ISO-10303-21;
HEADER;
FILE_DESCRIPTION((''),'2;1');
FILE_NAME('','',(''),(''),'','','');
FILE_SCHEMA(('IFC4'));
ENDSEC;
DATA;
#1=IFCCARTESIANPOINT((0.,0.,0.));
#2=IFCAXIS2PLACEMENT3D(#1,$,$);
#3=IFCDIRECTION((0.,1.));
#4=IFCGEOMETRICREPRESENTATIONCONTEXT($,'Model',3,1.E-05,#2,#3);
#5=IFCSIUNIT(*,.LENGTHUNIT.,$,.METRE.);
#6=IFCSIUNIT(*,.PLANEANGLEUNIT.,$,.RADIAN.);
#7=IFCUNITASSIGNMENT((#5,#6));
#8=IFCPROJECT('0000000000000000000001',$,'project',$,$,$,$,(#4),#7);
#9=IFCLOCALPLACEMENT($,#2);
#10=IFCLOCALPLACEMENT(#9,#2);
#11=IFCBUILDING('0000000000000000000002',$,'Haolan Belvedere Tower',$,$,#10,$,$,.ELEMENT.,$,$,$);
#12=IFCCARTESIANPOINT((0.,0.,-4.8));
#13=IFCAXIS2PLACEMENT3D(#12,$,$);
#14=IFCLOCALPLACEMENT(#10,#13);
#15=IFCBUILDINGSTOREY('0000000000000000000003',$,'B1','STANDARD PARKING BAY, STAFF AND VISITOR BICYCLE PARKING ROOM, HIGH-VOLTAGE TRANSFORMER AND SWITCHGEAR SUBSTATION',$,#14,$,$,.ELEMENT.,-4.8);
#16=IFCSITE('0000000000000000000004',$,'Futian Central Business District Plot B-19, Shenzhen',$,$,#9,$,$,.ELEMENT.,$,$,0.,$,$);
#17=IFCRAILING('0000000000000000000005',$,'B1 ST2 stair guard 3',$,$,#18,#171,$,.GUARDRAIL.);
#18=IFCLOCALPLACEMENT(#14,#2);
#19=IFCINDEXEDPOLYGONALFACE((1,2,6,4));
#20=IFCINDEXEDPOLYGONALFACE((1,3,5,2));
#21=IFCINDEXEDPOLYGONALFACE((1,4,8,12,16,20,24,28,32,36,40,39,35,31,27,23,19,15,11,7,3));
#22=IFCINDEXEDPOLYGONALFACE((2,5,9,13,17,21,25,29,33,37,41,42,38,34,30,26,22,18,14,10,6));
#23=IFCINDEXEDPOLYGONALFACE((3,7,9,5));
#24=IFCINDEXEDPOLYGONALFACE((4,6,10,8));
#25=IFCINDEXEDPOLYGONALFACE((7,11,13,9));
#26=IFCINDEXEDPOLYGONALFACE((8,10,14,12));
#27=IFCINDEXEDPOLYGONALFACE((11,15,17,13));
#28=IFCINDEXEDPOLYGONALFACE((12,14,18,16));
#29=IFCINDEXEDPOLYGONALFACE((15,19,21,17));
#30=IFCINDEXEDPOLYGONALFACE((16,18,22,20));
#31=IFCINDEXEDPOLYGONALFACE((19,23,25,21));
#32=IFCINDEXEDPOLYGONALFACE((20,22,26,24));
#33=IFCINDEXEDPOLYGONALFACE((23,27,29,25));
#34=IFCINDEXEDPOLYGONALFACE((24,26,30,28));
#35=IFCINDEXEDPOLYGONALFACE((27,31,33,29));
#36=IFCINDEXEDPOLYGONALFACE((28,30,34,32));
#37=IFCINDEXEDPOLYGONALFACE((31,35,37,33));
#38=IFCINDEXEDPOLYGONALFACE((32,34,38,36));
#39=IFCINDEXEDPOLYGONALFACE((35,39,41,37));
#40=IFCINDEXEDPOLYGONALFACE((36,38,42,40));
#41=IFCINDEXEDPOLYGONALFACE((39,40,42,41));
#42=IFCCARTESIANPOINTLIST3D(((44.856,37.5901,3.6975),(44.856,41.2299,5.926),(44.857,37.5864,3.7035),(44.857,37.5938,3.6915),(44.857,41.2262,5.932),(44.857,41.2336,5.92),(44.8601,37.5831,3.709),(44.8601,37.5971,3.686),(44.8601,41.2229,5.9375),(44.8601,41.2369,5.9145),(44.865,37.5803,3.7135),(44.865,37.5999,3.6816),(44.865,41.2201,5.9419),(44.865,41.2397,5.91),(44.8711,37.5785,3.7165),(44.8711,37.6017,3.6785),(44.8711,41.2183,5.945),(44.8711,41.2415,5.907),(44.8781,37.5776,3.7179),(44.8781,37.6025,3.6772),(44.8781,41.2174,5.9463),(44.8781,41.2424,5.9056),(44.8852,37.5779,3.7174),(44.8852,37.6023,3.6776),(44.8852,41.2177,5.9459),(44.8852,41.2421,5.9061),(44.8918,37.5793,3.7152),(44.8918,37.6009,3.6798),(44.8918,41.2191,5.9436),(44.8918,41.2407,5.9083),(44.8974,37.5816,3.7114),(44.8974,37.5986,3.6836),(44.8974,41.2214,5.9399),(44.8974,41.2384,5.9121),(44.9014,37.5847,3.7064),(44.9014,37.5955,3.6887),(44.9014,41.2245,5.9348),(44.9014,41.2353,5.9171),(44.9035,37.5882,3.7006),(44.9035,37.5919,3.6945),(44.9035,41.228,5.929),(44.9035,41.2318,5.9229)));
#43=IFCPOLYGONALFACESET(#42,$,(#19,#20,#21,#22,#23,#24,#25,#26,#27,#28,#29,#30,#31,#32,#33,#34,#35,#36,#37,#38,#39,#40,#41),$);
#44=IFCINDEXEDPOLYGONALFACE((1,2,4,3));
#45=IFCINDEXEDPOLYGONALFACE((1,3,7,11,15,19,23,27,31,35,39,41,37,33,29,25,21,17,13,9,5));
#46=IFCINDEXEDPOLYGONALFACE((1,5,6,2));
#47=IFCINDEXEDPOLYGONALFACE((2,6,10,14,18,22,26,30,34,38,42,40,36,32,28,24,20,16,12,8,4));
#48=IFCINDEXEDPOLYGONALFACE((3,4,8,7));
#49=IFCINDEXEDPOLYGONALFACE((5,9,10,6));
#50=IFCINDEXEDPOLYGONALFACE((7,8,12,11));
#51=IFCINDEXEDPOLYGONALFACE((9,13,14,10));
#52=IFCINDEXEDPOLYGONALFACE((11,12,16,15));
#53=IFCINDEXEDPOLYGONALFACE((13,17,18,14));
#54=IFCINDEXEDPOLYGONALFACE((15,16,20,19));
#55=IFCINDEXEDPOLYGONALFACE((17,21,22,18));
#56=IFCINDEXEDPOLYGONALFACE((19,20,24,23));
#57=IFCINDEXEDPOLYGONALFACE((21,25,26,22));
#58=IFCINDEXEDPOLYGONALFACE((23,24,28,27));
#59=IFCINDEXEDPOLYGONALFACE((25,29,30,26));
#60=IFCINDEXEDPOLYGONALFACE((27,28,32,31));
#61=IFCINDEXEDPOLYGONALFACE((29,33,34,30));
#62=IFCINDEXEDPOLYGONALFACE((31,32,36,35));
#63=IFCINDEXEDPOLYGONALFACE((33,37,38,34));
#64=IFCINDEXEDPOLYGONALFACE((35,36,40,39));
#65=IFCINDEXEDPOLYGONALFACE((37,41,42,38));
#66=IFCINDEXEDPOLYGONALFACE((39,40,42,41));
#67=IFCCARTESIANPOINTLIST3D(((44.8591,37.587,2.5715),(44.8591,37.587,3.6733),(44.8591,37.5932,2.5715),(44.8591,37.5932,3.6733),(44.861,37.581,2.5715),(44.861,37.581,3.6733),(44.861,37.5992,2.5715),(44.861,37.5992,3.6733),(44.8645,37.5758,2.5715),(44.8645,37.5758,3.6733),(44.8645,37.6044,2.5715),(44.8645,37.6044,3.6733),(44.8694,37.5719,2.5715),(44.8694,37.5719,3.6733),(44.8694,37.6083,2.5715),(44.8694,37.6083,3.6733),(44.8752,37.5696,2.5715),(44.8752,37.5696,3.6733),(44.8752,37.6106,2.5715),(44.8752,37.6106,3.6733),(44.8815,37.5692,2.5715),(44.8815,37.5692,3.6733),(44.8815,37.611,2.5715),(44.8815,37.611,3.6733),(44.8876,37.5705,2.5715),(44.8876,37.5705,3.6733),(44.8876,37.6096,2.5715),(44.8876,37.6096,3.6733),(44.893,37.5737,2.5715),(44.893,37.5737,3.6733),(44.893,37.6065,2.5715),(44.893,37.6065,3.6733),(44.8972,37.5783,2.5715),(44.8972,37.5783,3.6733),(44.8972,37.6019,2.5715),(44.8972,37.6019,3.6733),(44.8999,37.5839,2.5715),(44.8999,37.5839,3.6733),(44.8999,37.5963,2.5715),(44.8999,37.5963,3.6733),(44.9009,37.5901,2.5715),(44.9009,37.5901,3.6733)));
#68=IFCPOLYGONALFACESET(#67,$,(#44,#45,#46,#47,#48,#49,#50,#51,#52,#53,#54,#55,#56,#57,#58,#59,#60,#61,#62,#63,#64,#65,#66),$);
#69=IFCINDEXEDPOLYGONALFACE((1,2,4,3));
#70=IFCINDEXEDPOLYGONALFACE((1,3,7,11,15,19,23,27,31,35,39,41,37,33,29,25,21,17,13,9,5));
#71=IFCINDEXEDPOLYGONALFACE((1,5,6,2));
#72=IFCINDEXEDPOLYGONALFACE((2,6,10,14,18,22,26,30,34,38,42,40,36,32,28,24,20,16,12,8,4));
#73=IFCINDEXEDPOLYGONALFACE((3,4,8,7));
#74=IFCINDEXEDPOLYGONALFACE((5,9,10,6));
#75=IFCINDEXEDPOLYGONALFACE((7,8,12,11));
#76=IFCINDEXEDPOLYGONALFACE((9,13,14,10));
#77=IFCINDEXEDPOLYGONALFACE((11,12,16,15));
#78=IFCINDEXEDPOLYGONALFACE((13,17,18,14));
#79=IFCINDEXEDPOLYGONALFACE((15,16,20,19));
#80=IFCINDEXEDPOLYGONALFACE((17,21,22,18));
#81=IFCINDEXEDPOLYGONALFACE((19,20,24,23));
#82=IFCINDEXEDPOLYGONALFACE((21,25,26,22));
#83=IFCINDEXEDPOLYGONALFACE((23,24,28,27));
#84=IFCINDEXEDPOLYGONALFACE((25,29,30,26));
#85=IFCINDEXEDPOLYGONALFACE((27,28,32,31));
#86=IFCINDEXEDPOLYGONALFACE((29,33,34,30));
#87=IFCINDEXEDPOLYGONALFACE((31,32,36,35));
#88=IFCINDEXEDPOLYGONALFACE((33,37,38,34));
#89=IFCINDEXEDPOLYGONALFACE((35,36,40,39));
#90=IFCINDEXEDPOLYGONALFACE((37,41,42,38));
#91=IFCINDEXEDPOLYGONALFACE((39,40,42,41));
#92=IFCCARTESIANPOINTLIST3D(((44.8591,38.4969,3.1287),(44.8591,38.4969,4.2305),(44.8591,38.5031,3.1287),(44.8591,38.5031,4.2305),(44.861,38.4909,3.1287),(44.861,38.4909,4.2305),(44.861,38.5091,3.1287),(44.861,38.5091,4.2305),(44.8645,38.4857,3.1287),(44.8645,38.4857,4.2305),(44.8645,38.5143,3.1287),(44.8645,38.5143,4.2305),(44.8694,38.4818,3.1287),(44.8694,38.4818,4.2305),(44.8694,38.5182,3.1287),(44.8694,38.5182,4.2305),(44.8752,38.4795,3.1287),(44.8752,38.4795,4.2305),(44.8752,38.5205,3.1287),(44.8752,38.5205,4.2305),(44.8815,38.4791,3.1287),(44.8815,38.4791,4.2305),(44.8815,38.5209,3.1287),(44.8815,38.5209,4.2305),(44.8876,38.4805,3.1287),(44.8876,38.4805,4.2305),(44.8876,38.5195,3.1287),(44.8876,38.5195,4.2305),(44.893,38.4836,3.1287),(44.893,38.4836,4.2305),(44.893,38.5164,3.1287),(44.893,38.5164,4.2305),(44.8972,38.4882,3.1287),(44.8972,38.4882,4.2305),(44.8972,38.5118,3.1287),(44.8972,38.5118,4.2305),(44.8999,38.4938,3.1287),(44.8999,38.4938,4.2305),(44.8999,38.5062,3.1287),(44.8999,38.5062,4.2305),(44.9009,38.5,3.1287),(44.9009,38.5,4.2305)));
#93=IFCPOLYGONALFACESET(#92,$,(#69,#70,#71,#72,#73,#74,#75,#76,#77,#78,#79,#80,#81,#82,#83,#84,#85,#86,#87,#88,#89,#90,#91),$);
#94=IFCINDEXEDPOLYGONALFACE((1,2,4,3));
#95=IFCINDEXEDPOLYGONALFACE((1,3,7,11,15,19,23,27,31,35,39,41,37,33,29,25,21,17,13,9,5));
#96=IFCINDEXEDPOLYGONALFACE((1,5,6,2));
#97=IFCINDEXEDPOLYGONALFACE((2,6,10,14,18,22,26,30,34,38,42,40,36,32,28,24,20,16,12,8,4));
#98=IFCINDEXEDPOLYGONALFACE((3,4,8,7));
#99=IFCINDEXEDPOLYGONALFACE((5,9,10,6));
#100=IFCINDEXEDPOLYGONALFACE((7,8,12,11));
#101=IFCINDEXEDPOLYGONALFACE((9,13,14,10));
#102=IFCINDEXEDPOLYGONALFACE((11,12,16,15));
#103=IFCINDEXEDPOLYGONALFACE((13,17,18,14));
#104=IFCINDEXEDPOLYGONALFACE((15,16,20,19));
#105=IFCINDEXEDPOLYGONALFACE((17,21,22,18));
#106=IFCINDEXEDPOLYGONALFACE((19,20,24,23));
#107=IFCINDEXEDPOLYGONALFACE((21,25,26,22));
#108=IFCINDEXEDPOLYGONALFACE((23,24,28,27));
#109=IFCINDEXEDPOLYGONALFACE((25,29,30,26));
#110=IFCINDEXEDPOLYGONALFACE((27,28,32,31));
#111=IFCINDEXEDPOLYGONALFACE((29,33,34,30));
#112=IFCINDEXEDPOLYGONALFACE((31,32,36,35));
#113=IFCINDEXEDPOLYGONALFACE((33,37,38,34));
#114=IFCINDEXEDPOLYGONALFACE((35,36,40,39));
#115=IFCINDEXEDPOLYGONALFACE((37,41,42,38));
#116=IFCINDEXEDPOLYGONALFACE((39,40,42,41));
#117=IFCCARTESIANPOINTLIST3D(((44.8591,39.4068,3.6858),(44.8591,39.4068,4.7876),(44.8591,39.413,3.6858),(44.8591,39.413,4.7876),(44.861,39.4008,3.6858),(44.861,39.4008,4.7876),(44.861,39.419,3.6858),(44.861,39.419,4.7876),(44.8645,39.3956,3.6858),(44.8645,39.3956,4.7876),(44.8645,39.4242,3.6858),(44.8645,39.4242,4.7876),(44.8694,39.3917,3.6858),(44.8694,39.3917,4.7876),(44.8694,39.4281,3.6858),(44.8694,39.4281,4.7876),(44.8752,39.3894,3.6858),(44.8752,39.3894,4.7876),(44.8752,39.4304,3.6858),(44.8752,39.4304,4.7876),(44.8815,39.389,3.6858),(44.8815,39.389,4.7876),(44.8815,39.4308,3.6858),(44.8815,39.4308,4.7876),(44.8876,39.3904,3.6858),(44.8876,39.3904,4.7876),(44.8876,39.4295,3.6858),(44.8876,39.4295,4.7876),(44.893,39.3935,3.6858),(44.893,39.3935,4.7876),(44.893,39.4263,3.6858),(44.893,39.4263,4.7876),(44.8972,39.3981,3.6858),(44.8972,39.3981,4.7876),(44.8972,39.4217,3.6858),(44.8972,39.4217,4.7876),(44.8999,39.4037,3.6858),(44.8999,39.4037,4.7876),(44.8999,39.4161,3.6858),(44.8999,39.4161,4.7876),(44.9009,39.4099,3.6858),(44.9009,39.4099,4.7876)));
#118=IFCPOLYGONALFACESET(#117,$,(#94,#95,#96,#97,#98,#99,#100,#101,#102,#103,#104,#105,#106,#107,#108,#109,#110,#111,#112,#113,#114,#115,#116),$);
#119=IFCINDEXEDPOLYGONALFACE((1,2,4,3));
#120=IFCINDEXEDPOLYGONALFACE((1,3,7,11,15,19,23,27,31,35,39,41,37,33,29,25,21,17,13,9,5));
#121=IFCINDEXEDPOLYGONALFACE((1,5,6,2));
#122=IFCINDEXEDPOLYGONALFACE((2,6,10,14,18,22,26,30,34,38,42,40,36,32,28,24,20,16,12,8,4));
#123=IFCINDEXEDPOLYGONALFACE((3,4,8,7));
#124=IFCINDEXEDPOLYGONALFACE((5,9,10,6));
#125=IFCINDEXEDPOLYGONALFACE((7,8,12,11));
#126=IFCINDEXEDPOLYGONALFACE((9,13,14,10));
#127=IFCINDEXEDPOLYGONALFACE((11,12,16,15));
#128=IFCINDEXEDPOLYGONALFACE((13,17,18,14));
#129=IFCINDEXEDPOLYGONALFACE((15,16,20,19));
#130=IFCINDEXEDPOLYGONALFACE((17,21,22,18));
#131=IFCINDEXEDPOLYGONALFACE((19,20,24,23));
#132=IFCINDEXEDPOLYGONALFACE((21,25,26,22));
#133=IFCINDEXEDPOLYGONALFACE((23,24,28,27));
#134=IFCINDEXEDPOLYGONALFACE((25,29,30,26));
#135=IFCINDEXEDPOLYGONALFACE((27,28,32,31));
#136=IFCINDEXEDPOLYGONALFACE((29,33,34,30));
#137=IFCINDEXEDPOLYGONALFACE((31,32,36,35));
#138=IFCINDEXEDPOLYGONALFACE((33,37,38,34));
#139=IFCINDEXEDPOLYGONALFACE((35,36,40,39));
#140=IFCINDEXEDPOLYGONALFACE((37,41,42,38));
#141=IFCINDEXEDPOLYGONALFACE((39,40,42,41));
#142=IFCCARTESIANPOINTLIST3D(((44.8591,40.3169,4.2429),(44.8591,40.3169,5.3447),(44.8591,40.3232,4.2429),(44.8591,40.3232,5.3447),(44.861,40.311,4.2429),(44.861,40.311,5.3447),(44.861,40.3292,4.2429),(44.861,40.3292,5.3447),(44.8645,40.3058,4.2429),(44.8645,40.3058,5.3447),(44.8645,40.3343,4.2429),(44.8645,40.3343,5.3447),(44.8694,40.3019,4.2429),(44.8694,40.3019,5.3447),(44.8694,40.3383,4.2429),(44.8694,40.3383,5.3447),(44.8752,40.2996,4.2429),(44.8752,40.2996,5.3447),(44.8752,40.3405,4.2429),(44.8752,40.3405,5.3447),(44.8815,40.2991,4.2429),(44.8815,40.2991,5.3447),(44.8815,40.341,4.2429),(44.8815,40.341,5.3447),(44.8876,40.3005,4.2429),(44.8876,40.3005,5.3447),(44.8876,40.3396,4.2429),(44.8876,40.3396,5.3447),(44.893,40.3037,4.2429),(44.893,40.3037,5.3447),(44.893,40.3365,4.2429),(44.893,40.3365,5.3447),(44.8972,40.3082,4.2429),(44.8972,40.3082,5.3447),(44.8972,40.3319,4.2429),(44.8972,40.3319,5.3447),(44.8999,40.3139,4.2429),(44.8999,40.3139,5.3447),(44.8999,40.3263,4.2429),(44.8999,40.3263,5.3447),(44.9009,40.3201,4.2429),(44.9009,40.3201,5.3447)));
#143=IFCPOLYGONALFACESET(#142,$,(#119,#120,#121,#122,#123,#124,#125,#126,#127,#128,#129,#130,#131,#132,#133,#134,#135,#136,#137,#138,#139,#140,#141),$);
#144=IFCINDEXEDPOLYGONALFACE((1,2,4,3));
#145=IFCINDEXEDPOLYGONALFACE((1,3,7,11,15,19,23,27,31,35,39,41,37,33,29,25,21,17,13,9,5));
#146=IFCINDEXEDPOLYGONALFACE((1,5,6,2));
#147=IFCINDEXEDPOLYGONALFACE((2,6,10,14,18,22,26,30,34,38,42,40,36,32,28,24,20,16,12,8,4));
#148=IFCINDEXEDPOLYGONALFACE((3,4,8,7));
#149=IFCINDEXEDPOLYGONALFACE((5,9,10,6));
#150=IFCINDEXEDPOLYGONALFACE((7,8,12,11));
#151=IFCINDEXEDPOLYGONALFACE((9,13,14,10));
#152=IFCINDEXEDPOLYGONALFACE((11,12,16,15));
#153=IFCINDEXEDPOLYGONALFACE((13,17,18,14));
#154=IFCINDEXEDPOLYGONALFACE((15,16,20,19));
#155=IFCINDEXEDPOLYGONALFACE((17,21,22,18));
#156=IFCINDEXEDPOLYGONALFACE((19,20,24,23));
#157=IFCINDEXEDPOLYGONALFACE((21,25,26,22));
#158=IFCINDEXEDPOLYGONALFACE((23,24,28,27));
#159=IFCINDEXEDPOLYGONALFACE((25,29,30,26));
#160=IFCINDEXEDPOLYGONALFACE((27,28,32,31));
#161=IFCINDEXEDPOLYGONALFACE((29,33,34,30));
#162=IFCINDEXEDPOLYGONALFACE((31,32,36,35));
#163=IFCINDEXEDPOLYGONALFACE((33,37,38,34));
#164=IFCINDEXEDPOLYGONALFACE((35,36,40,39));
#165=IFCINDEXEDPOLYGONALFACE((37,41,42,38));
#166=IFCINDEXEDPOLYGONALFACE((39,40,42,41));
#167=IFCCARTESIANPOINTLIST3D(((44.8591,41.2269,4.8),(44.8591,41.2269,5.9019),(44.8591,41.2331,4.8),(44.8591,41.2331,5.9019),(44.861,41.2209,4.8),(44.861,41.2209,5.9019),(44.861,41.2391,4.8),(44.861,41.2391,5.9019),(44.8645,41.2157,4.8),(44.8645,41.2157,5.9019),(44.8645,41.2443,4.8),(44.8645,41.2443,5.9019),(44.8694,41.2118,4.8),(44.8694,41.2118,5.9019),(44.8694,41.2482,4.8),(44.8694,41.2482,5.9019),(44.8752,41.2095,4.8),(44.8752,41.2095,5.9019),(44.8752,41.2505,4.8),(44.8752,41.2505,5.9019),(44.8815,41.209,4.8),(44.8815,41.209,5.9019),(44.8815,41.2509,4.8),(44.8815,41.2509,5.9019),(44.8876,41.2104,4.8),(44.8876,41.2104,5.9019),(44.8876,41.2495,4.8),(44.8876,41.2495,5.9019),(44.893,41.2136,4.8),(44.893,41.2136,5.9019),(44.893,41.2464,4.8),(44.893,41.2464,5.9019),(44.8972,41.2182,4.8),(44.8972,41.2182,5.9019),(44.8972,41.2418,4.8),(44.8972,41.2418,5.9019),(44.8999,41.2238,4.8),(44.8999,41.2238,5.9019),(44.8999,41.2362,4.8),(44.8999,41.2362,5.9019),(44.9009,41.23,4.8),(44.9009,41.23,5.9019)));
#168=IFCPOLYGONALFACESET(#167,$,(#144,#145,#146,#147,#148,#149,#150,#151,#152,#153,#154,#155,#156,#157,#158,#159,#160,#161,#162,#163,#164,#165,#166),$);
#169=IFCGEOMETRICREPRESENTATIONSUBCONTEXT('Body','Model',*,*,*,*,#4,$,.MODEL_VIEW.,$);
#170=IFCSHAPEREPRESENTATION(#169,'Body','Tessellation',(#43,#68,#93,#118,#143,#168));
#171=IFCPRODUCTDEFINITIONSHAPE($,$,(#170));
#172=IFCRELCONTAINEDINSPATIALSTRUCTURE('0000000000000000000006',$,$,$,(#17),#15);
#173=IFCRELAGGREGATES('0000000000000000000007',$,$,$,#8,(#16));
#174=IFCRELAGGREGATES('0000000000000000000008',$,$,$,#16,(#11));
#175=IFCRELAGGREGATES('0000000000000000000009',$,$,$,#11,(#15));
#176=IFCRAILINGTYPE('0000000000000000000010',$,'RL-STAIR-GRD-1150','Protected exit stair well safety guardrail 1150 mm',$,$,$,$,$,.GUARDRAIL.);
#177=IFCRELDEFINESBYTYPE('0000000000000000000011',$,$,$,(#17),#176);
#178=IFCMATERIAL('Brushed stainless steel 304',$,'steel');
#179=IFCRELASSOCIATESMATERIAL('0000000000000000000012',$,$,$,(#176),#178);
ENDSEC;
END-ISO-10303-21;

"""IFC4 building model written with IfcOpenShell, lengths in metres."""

from ifc_helpers import new_model, si_unit, direction, frame, origin, origin_2d, place, context, subcontext, project, spatial, circle, extrude, material, type_object, element, save


model = new_model("IFC4")

# Units and contexts
model_context = context("Model", 3, precision=1e-05, world=origin(), true_north=direction((0.0, 1.0)))
body_context = subcontext(model_context, "Body", "Model", "MODEL_VIEW")
ifc_project = project(units=[si_unit("LENGTHUNIT", "METRE"), si_unit("PLANEANGLEUNIT", "RADIAN")], contexts=[model_context])

# Site, building, storey
site_placement = place(None, origin())
site = spatial("IfcSite", under=ifc_project, at=site_placement, Name="Futian Central Business District Plot B-19, Shenzhen", CompositionType="ELEMENT", RefElevation=0.0)
building_placement = place(site_placement, origin())
building = spatial("IfcBuilding", under=site, at=building_placement, Name="Haolan Belvedere Tower", CompositionType="ELEMENT")
storey_placement = place(building_placement, frame((0.0, 0.0, -4.8)))
storey = spatial("IfcBuildingStorey", under=building, at=storey_placement, Name="B1", Description="STANDARD PARKING BAY, STAFF AND VISITOR BICYCLE PARKING ROOM, HIGH-VOLTAGE TRANSFORMER AND SWITCHGEAR SUBSTATION", CompositionType="ELEMENT", Elevation=-4.8)

# Railing
ifc_material_1 = material(Name="Brushed stainless steel 304", Category="steel")
railing_type_1 = type_object("IfcRailingType", Name="RL-STAIR-GRD-1150", Description="Protected exit stair well safety guardrail 1150 mm", PredefinedType="GUARDRAIL", material=ifc_material_1)
railing_1_placement = place(storey_placement, frame((44.8799, 37.5901, 2.5715)))
element("IfcRailing", 1, at=railing_1_placement, inside=storey, type_object=railing_type_1, Name="B1 ST2 stair guard 3", PredefinedType="GUARDRAIL", context=body_context, shape_type="SweptSolid", body=[
    extrude(circle(Radius=0.0239, at=origin_2d()), frame((0.0, 0.0, 1.126), z_axis=(0.0, 0.85285, 0.522156), x_axis=(-1.0, 0.0, 0.0)), (0.0, 0.0, 1.0), 4.2678),
    extrude(circle(Radius=0.021, at=origin_2d()), origin(), (0.0, 0.0, 1.0), 1.1018),
    extrude(circle(Radius=0.021, at=origin_2d()), frame((0.0, 0.9099, 0.5571)), (0.0, 0.0, 1.0), 1.1018),
    extrude(circle(Radius=0.021, at=origin_2d()), frame((0.0, 1.8198, 1.1143)), (0.0, 0.0, 1.0), 1.1018),
    extrude(circle(Radius=0.021, at=origin_2d()), frame((0.0, 2.73, 1.6714)), (0.0, 0.0, 1.0), 1.1018),
    extrude(circle(Radius=0.021, at=origin_2d()), frame((0.0, 3.6399, 2.2285)), (0.0, 0.0, 1.0), 1.1018),
])

save(model, "model.ifc")
